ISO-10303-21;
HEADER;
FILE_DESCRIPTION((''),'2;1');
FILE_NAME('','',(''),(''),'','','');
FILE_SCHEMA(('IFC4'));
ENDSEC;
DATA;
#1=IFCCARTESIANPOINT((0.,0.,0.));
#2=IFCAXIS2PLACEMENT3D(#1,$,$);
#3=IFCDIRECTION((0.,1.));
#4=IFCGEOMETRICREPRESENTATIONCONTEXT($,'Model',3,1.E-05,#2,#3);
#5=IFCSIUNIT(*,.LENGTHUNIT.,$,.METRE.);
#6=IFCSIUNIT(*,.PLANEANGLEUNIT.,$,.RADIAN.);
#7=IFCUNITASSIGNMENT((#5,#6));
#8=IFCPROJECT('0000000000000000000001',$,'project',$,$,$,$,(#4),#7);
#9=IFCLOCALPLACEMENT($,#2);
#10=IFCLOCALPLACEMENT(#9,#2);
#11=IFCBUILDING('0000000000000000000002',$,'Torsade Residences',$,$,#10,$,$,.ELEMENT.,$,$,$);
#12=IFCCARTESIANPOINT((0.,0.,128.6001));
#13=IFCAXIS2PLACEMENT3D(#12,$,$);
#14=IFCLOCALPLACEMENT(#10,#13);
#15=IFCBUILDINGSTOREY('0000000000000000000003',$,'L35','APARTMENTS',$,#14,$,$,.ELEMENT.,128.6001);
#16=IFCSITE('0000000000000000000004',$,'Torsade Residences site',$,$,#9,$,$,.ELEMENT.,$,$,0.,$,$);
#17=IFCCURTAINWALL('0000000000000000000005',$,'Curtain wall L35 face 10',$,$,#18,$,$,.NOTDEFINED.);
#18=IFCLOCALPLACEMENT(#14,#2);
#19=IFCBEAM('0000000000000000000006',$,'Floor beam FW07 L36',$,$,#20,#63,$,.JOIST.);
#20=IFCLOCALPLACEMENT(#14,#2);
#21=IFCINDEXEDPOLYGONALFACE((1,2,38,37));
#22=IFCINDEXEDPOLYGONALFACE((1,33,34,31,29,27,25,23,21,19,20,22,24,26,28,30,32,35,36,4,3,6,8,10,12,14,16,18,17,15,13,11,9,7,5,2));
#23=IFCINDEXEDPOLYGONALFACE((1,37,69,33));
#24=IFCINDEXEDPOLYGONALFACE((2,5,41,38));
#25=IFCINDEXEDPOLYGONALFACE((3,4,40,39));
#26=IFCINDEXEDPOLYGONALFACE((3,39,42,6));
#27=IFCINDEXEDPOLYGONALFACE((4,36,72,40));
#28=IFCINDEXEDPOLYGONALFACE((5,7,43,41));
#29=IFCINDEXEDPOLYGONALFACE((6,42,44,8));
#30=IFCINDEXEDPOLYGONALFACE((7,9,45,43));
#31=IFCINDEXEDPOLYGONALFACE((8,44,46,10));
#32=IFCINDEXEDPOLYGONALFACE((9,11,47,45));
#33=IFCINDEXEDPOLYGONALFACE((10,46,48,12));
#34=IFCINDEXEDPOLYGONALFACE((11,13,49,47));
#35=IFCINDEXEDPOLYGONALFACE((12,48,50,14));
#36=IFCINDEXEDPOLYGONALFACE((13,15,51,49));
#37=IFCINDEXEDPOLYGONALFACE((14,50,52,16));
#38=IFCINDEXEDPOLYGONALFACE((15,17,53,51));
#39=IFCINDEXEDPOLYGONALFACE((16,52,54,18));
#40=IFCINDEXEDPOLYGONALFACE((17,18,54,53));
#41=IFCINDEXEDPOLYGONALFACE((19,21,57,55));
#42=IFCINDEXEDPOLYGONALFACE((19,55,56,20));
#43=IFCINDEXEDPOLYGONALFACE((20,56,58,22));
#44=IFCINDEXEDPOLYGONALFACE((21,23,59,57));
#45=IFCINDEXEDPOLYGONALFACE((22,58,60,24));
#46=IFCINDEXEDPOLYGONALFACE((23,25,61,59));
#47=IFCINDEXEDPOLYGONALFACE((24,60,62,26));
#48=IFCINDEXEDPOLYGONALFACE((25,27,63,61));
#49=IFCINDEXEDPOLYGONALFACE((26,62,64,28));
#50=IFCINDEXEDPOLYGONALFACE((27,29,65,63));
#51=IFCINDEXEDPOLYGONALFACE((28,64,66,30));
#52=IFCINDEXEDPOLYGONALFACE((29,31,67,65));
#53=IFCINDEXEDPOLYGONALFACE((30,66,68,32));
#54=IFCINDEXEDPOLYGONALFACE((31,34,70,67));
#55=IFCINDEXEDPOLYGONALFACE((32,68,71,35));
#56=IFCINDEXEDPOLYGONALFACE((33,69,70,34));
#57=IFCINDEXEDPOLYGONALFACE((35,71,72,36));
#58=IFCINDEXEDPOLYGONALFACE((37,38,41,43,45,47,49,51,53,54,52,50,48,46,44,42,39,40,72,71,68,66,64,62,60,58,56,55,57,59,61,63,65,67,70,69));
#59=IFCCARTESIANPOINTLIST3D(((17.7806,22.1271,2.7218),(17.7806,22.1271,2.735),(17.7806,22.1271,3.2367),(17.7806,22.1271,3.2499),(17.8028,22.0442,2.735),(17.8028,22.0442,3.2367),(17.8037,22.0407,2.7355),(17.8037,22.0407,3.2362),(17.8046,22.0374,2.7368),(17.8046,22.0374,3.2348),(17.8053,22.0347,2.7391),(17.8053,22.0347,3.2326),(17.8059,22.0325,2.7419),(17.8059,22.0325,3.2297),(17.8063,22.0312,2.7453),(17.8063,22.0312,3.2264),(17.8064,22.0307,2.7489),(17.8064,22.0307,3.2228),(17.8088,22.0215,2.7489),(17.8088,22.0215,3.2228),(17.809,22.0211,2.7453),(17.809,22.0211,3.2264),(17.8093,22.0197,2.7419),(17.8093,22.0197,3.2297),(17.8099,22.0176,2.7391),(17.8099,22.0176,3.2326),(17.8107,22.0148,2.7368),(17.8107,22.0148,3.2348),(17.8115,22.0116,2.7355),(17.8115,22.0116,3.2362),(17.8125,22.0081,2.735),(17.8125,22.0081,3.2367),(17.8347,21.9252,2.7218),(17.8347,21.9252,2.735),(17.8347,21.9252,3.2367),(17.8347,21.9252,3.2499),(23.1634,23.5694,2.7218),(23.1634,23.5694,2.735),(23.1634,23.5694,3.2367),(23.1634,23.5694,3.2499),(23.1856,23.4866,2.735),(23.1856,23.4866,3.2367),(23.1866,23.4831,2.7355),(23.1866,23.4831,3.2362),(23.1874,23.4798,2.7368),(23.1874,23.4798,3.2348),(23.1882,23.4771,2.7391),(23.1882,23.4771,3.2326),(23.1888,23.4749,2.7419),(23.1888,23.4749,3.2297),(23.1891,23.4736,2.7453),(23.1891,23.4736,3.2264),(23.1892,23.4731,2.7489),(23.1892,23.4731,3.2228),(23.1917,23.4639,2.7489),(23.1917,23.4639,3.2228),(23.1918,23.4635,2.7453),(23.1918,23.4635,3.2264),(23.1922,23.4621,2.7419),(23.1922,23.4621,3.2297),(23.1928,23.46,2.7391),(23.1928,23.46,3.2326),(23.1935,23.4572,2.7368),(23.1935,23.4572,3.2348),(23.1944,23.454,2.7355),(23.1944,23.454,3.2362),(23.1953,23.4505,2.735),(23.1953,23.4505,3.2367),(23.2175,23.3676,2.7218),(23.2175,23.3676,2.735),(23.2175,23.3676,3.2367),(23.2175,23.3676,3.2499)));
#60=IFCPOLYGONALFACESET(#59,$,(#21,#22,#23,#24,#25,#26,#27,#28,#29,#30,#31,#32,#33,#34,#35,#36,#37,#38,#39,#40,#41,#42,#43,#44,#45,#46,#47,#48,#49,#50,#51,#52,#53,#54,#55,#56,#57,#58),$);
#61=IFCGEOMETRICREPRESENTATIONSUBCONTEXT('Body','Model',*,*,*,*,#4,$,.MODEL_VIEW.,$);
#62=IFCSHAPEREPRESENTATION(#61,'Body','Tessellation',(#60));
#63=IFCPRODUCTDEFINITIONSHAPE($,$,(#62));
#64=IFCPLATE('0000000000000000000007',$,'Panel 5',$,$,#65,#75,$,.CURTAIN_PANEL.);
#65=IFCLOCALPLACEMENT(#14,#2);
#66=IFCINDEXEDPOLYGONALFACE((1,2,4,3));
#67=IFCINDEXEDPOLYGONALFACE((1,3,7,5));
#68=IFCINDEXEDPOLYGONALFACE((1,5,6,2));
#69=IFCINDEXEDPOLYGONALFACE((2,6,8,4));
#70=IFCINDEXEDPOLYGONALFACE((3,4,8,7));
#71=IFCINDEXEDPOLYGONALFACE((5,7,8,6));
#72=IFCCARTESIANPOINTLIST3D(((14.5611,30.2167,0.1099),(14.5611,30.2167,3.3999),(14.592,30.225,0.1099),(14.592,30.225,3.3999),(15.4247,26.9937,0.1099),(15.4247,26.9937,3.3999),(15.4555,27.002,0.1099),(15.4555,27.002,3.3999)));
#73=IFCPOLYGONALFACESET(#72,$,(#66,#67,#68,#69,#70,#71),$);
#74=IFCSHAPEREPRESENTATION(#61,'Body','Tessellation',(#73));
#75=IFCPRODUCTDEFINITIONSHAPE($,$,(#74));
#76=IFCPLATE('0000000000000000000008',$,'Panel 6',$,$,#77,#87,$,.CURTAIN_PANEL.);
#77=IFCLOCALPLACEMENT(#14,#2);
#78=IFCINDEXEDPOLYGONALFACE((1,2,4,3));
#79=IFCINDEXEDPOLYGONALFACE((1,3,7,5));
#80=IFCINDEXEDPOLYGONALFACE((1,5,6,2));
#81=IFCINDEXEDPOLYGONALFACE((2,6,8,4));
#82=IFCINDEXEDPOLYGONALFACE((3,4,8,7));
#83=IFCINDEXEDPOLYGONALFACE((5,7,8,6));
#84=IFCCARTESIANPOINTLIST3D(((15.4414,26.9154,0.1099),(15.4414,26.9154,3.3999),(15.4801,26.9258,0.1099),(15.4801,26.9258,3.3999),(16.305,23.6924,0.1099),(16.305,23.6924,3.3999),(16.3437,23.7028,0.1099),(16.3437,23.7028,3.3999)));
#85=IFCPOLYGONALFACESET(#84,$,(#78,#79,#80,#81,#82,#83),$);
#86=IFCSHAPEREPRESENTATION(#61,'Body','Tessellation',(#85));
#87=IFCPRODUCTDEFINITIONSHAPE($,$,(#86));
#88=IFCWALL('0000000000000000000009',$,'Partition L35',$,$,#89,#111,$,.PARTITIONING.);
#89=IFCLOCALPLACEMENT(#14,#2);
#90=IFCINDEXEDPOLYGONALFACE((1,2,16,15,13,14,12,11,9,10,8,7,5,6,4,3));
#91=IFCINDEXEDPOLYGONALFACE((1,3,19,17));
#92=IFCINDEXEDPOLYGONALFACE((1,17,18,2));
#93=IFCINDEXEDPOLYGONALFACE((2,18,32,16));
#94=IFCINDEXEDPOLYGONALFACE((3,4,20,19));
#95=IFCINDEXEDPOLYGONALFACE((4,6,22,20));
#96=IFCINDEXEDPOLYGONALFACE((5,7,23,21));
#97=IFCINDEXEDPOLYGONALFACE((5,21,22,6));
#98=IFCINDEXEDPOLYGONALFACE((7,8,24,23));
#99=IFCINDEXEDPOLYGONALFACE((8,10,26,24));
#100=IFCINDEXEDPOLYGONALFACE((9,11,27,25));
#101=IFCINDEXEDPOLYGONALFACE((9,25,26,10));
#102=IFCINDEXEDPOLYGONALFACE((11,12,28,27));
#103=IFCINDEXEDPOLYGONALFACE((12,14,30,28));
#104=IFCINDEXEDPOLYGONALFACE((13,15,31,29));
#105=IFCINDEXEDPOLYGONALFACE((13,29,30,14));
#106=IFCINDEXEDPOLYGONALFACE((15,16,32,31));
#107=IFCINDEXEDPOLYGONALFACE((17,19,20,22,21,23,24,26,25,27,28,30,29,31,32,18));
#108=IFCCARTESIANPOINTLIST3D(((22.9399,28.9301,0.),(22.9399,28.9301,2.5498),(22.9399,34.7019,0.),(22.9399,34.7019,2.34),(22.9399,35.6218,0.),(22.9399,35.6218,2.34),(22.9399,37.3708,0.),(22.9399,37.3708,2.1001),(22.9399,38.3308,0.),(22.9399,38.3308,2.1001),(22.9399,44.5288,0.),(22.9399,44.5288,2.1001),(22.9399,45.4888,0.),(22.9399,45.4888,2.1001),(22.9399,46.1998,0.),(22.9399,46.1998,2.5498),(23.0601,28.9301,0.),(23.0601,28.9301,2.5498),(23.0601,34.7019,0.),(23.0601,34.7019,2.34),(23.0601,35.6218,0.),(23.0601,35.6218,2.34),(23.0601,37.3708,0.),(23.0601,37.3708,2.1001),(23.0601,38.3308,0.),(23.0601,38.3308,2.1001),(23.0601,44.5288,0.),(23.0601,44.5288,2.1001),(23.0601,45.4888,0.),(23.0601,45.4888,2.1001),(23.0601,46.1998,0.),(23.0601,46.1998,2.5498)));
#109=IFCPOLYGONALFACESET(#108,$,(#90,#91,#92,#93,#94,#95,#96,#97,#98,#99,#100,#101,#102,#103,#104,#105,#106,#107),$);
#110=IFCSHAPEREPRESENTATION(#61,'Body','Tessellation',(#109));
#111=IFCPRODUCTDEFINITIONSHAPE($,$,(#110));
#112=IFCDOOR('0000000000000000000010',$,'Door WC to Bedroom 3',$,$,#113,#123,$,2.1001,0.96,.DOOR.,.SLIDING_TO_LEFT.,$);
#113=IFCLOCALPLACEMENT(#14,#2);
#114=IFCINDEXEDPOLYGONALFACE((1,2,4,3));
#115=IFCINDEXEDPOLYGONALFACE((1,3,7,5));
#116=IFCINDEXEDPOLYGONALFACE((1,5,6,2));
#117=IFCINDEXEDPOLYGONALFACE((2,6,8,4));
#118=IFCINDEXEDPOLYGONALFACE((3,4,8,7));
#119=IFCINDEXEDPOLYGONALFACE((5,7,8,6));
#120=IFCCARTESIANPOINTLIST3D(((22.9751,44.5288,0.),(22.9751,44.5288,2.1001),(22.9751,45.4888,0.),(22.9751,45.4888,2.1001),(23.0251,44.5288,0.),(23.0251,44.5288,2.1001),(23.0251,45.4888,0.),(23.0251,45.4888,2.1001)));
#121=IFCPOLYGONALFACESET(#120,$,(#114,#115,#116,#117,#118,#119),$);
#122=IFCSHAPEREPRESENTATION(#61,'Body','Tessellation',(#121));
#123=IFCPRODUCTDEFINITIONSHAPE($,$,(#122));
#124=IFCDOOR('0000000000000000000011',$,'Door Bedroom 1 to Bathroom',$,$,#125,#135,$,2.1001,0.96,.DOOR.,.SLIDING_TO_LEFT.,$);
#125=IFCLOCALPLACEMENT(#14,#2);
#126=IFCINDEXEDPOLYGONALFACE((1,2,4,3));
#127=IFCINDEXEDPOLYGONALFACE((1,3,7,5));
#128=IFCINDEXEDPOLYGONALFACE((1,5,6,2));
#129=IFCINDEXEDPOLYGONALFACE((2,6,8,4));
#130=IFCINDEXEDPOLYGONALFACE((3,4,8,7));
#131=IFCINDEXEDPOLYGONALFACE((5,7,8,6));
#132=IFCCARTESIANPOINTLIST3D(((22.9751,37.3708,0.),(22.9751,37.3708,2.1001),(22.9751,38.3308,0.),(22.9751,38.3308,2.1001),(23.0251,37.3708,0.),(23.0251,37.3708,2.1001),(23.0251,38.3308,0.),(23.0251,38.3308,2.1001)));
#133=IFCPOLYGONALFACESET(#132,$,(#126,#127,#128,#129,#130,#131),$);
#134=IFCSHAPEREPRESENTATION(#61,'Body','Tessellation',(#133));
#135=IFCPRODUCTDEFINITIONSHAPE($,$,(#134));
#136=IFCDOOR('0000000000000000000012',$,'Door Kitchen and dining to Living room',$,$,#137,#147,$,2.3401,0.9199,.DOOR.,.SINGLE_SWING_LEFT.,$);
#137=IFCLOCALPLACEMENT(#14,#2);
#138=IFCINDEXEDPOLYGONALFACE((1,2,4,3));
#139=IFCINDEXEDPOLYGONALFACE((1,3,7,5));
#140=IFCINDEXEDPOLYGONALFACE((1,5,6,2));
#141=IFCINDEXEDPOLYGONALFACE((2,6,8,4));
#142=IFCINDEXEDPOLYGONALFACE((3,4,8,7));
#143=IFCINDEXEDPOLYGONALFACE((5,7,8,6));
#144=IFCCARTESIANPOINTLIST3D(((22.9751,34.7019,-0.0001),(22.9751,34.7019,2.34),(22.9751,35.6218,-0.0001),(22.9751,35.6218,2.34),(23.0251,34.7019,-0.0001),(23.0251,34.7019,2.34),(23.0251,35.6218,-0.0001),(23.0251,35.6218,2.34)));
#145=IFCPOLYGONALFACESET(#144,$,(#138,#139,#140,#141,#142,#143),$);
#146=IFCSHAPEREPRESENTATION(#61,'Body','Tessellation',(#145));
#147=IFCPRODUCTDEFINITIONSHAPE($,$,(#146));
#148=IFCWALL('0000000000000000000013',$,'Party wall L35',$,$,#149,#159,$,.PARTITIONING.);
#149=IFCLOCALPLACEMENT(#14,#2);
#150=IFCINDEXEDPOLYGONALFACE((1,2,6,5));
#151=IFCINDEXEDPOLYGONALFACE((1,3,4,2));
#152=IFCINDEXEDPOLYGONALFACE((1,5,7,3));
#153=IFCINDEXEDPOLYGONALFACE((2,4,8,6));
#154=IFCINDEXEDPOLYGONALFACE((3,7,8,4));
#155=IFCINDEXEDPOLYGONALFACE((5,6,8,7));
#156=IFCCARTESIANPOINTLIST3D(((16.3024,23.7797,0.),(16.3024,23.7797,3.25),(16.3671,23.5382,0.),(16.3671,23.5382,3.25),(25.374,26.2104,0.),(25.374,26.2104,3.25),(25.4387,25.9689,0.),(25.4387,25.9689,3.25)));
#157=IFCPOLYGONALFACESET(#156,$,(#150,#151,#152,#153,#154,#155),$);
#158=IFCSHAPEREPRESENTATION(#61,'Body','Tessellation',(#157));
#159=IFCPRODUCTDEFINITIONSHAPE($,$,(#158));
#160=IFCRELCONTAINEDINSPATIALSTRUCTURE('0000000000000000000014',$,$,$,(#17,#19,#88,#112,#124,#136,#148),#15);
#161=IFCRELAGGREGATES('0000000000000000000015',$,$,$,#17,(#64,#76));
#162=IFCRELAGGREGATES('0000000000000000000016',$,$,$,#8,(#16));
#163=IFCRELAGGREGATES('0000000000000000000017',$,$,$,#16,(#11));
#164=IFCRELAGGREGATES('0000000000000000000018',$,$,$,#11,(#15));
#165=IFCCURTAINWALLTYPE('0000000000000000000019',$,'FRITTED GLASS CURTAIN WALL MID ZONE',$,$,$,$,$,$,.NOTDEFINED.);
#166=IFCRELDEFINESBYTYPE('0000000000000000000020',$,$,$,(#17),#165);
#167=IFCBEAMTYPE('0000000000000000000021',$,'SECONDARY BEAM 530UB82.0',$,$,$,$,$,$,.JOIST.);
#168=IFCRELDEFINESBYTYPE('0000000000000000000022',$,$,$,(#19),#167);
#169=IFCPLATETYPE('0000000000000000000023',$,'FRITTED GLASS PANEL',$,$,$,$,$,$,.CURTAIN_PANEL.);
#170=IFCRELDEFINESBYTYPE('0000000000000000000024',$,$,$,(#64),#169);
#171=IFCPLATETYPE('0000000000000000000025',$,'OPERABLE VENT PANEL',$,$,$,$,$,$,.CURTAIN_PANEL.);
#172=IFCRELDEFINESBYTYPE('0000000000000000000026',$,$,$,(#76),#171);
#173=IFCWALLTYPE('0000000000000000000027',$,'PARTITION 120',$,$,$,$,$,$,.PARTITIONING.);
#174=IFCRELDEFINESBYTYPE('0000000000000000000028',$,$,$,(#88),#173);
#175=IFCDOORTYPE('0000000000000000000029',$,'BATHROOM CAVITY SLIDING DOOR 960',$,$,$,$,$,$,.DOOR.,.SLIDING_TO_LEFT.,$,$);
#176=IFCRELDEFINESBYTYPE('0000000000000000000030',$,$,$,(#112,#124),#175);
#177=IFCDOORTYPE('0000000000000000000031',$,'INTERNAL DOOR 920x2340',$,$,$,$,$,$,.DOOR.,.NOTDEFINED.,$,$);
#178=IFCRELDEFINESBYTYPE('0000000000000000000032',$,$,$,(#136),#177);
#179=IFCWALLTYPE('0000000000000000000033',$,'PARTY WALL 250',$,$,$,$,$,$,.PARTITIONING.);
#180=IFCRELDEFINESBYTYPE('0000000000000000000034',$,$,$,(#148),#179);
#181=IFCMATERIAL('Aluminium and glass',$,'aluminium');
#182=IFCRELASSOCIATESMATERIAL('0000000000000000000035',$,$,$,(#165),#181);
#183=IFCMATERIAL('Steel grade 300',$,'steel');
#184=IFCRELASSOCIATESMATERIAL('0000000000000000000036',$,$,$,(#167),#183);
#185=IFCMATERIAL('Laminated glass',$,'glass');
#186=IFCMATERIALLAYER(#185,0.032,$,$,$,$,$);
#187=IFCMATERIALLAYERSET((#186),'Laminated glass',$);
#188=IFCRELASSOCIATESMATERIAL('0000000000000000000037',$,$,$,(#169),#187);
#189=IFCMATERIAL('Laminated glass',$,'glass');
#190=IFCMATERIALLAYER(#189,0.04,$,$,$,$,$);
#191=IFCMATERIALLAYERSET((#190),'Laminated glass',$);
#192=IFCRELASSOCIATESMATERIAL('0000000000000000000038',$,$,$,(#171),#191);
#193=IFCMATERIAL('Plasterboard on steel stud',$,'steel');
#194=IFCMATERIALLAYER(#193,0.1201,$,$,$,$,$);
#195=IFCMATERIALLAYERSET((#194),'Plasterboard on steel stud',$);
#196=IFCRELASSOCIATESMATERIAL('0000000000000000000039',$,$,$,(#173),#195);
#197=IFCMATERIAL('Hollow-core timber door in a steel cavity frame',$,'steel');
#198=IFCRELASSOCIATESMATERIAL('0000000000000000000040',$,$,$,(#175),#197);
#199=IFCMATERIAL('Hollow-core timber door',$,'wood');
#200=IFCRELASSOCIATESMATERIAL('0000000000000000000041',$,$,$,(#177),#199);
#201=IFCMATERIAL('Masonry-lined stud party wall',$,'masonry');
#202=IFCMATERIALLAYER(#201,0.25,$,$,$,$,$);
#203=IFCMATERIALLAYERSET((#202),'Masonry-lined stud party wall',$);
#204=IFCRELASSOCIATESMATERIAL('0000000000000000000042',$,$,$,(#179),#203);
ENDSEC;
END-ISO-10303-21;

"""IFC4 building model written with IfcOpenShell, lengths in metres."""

from ifc_helpers import new_model, si_unit, direction, frame, frame_2d, origin, origin_2d, place, context, subcontext, project, spatial, rectangle, i_section, extrude, material, layer, layer_set, material_profile, profile_set, type_object, element, fill, aggregate, save


model = new_model("IFC4")

# Units and contexts
model_context = context("Model", 3, precision=1e-05, world=origin(), true_north=direction((0.0, 1.0)))
body_context = subcontext(model_context, "Body", "Model", "MODEL_VIEW")
ifc_project = project(units=[si_unit("LENGTHUNIT", "METRE"), si_unit("PLANEANGLEUNIT", "RADIAN")], contexts=[model_context])

# Site, building, storey
site_placement = place(None, origin())
site = spatial("IfcSite", under=ifc_project, at=site_placement, Name="Torsade Residences site", CompositionType="ELEMENT", RefElevation=0.0)
building_placement = place(site_placement, origin())
building = spatial("IfcBuilding", under=site, at=building_placement, Name="Torsade Residences", CompositionType="ELEMENT")
storey_placement = place(building_placement, frame((0.0, 0.0, 128.6001)))
storey = spatial("IfcBuildingStorey", under=building, at=storey_placement, Name="L35", Description="APARTMENTS", CompositionType="ELEMENT", Elevation=128.6001)

# Curtain wall
ifc_material_1 = material(Name="Aluminium and glass", Category="aluminium")
curtain_wall_type = type_object("IfcCurtainWallType", Name="FRITTED GLASS CURTAIN WALL MID ZONE", PredefinedType="NOTDEFINED", material=ifc_material_1)
curtain_wall_placement = place(storey_placement, origin())
curtain_wall = element("IfcCurtainWall", 1, at=curtain_wall_placement, inside=storey, type_object=curtain_wall_type, Name="Curtain wall L35 face 10", PredefinedType="NOTDEFINED")

# Beam
ifc_material_2 = material(Name="Steel grade 300", Category="steel")
ifc_material_profile_1 = material_profile(ifc_material_2, i_section(OverallWidth=0.209, OverallDepth=0.5281, WebThickness=0.0095, FlangeThickness=0.0132, FilletRadius=0.0139, at=origin_2d()), Name="530UB82.0")
ifc_profile_set_1 = profile_set([ifc_material_profile_1], Name="Steel grade 300")
beam_type_1 = type_object("IfcBeamType", Name="SECONDARY BEAM 530UB82.0", PredefinedType="JOIST", material=ifc_profile_set_1)
beam_1_placement = place(storey_placement, frame((17.8076, 22.0261, 2.9858), z_axis=(0.965923, 0.25883, 0.0), x_axis=(-0.25883, 0.965923, 0.0)))
element("IfcBeam", 2, at=beam_1_placement, inside=storey, type_object=beam_type_1, Name="Floor beam FW07 L36", PredefinedType="JOIST", context=body_context, shape_type="SweptSolid", body=[
    extrude(i_section(OverallWidth=0.209, OverallDepth=0.5281, WebThickness=0.0095, FlangeThickness=0.0132, FilletRadius=0.0139, at=origin_2d()), origin(), (0.0, 0.0, 1.0), 5.5728),
])

# Plates
ifc_material_3 = material(Name="Laminated glass", Category="glass")
ifc_layer_1 = layer(ifc_material_3, 0.032)
ifc_layer_set_1 = layer_set([ifc_layer_1], Name="Laminated glass")
plate_type_1 = type_object("IfcPlateType", Name="FRITTED GLASS PANEL", PredefinedType="CURTAIN_PANEL", material=ifc_layer_set_1)
plate_1_placement = place(storey_placement, frame((15.0083, 28.6094, 0.1099), z_axis=(0.0, 0.0, 1.0), x_axis=(0.258819, -0.965926, 0.0)))
plate_1 = element("IfcPlate", 3, at=plate_1_placement, type_object=plate_type_1, Name="Panel 5", PredefinedType="CURTAIN_PANEL", context=body_context, shape_type="SweptSolid", body=[
    extrude(rectangle(XDim=3.3367, YDim=0.032, at=origin_2d()), origin(), (0.0, 0.0, 1.0), 3.29),
])
ifc_material_4 = material(Name="Laminated glass", Category="glass")
ifc_layer_2 = layer(ifc_material_4, 0.04)
ifc_layer_set_2 = layer_set([ifc_layer_2], Name="Laminated glass")
plate_type_2 = type_object("IfcPlateType", Name="OPERABLE VENT PANEL", PredefinedType="CURTAIN_PANEL", material=ifc_layer_set_2)
plate_2_placement = place(storey_placement, frame((15.8926, 25.3091, 0.1099), z_axis=(0.0, 0.0, 1.0), x_axis=(0.258819, -0.965926, 0.0)))
plate_2 = element("IfcPlate", 4, at=plate_2_placement, type_object=plate_type_2, Name="Panel 6", PredefinedType="CURTAIN_PANEL", context=body_context, shape_type="SweptSolid", body=[
    extrude(rectangle(XDim=3.3367, YDim=0.04, at=origin_2d()), origin(), (0.0, 0.0, 1.0), 3.29),
])
aggregate(curtain_wall, [plate_1, plate_2])

# Wall, openings, doors
ifc_material_5 = material(Name="Plasterboard on steel stud", Category="steel")
ifc_layer_3 = layer(ifc_material_5, 0.1201)
ifc_layer_set_3 = layer_set([ifc_layer_3], Name="Plasterboard on steel stud")
wall_type_1 = type_object("IfcWallType", Name="PARTITION 120", PredefinedType="PARTITIONING", material=ifc_layer_set_3)
wall_1_placement = place(storey_placement, frame((23.0, 28.9302, 0.0), z_axis=(0.0, 0.0, 1.0), x_axis=(0.0, 1.0, 0.0)))
wall_1 = element("IfcWall", 5, at=wall_1_placement, inside=storey, type_object=wall_type_1, Name="Partition L35", PredefinedType="PARTITIONING", context=body_context, shape_type="SweptSolid", body=[
    extrude(rectangle(XDim=17.2698, YDim=0.1201, at=frame_2d((8.6348, 0.0))), origin(), (0.0, 0.0, 1.0), 2.5498),
])
opening_1_placement = place(wall_1_placement, frame((5.7717, 0.0, 0.0)))
opening_1 = element("IfcOpeningElement", 6, at=opening_1_placement, cuts=wall_1, PredefinedType="OPENING", context=body_context, shape_type="SweptSolid", body=[
    extrude(rectangle(XDim=0.9199, YDim=2.3401, at=frame_2d((0.46, 1.1699))), frame((0.0, 0.0701, 0.0), z_axis=(0.0, -1.0, 0.0), x_axis=(1.0, 0.0, 0.0)), (0.0, 0.0, 1.0), 0.1401),
])
opening_2_placement = place(wall_1_placement, frame((15.5986, 0.0, 0.0)))
opening_2 = element("IfcOpeningElement", 7, at=opening_2_placement, cuts=wall_1, PredefinedType="OPENING", context=body_context, shape_type="SweptSolid", body=[
    extrude(rectangle(XDim=0.96, YDim=2.1001, at=frame_2d((0.48, 1.05))), frame((0.0, 0.0701, 0.0), z_axis=(0.0, -1.0, 0.0), x_axis=(1.0, 0.0, 0.0)), (0.0, 0.0, 1.0), 0.1401),
])
opening_3_placement = place(wall_1_placement, frame((8.4407, 0.0, 0.0)))
opening_3 = element("IfcOpeningElement", 8, at=opening_3_placement, cuts=wall_1, PredefinedType="OPENING", context=body_context, shape_type="SweptSolid", body=[
    extrude(rectangle(XDim=0.96, YDim=2.1001, at=frame_2d((0.48, 1.05))), frame((0.0, 0.0701, 0.0), z_axis=(0.0, -1.0, 0.0), x_axis=(1.0, 0.0, 0.0)), (0.0, 0.0, 1.0), 0.1401),
])
ifc_material_6 = material(Name="Hollow-core timber door in a steel cavity frame", Category="steel")
door_type_1 = type_object("IfcDoorType", Name="BATHROOM CAVITY SLIDING DOOR 960", OperationType="SLIDING_TO_LEFT", PredefinedType="DOOR", material=ifc_material_6)
door_1_placement = place(opening_2_placement, origin())
door_1 = element("IfcDoor", 9, at=door_1_placement, inside=storey, type_object=door_type_1, Name="Door WC to Bedroom 3", OperationType="SLIDING_TO_LEFT", OverallHeight=2.1001, OverallWidth=0.96, PredefinedType="DOOR", context=body_context, shape_type="SweptSolid", body=[
    extrude(rectangle(XDim=0.96, YDim=2.1001, at=frame_2d((0.48, 1.05))), frame((0.0, 0.0249, 0.0), z_axis=(0.0, -1.0, 0.0), x_axis=(1.0, 0.0, 0.0)), (0.0, 0.0, 1.0), 0.05),
])
fill(opening_2, door_1)
door_2_placement = place(opening_3_placement, origin())
door_2 = element("IfcDoor", 10, at=door_2_placement, inside=storey, type_object=door_type_1, Name="Door Bedroom 1 to Bathroom", OperationType="SLIDING_TO_LEFT", OverallHeight=2.1001, OverallWidth=0.96, PredefinedType="DOOR", context=body_context, shape_type="SweptSolid", body=[
    extrude(rectangle(XDim=0.96, YDim=2.1001, at=frame_2d((0.48, 1.05))), frame((0.0, 0.0249, 0.0), z_axis=(0.0, -1.0, 0.0), x_axis=(1.0, 0.0, 0.0)), (0.0, 0.0, 1.0), 0.05),
])
fill(opening_3, door_2)
ifc_material_7 = material(Name="Hollow-core timber door", Category="wood")
door_type_2 = type_object("IfcDoorType", Name="INTERNAL DOOR 920x2340", OperationType="NOTDEFINED", PredefinedType="DOOR", material=ifc_material_7)
door_3_placement = place(opening_1_placement, origin())
door_3 = element("IfcDoor", 11, at=door_3_placement, inside=storey, type_object=door_type_2, Name="Door Kitchen and dining to Living room", OperationType="SINGLE_SWING_LEFT", OverallHeight=2.3401, OverallWidth=0.9199, PredefinedType="DOOR", context=body_context, shape_type="SweptSolid", body=[
    extrude(rectangle(XDim=0.9199, YDim=2.3401, at=frame_2d((0.46, 1.1699))), frame((0.0, 0.0249, 0.0), z_axis=(0.0, -1.0, 0.0), x_axis=(1.0, 0.0, 0.0)), (0.0, 0.0, 1.0), 0.05),
])
fill(opening_1, door_3)

# Wall
ifc_material_8 = material(Name="Masonry-lined stud party wall", Category="masonry")
ifc_layer_4 = layer(ifc_material_8, 0.25)
ifc_layer_set_4 = layer_set([ifc_layer_4], Name="Masonry-lined stud party wall")
wall_type_2 = type_object("IfcWallType", Name="PARTY WALL 250", PredefinedType="PARTITIONING", material=ifc_layer_set_4)
wall_2_placement = place(storey_placement, frame((16.3347, 23.6589, 0.0), z_axis=(0.0, 0.0, 1.0), x_axis=(0.965927, 0.258814, 0.0)))
element("IfcWall", 12, at=wall_2_placement, inside=storey, type_object=wall_type_2, Name="Party wall L35", PredefinedType="PARTITIONING", context=body_context, shape_type="SweptSolid", body=[
    extrude(rectangle(XDim=9.3916, YDim=0.25, at=frame_2d((4.6958, 0.0))), origin(), (0.0, 0.0, 1.0), 3.25),
])

save(model, "model.ifc")
